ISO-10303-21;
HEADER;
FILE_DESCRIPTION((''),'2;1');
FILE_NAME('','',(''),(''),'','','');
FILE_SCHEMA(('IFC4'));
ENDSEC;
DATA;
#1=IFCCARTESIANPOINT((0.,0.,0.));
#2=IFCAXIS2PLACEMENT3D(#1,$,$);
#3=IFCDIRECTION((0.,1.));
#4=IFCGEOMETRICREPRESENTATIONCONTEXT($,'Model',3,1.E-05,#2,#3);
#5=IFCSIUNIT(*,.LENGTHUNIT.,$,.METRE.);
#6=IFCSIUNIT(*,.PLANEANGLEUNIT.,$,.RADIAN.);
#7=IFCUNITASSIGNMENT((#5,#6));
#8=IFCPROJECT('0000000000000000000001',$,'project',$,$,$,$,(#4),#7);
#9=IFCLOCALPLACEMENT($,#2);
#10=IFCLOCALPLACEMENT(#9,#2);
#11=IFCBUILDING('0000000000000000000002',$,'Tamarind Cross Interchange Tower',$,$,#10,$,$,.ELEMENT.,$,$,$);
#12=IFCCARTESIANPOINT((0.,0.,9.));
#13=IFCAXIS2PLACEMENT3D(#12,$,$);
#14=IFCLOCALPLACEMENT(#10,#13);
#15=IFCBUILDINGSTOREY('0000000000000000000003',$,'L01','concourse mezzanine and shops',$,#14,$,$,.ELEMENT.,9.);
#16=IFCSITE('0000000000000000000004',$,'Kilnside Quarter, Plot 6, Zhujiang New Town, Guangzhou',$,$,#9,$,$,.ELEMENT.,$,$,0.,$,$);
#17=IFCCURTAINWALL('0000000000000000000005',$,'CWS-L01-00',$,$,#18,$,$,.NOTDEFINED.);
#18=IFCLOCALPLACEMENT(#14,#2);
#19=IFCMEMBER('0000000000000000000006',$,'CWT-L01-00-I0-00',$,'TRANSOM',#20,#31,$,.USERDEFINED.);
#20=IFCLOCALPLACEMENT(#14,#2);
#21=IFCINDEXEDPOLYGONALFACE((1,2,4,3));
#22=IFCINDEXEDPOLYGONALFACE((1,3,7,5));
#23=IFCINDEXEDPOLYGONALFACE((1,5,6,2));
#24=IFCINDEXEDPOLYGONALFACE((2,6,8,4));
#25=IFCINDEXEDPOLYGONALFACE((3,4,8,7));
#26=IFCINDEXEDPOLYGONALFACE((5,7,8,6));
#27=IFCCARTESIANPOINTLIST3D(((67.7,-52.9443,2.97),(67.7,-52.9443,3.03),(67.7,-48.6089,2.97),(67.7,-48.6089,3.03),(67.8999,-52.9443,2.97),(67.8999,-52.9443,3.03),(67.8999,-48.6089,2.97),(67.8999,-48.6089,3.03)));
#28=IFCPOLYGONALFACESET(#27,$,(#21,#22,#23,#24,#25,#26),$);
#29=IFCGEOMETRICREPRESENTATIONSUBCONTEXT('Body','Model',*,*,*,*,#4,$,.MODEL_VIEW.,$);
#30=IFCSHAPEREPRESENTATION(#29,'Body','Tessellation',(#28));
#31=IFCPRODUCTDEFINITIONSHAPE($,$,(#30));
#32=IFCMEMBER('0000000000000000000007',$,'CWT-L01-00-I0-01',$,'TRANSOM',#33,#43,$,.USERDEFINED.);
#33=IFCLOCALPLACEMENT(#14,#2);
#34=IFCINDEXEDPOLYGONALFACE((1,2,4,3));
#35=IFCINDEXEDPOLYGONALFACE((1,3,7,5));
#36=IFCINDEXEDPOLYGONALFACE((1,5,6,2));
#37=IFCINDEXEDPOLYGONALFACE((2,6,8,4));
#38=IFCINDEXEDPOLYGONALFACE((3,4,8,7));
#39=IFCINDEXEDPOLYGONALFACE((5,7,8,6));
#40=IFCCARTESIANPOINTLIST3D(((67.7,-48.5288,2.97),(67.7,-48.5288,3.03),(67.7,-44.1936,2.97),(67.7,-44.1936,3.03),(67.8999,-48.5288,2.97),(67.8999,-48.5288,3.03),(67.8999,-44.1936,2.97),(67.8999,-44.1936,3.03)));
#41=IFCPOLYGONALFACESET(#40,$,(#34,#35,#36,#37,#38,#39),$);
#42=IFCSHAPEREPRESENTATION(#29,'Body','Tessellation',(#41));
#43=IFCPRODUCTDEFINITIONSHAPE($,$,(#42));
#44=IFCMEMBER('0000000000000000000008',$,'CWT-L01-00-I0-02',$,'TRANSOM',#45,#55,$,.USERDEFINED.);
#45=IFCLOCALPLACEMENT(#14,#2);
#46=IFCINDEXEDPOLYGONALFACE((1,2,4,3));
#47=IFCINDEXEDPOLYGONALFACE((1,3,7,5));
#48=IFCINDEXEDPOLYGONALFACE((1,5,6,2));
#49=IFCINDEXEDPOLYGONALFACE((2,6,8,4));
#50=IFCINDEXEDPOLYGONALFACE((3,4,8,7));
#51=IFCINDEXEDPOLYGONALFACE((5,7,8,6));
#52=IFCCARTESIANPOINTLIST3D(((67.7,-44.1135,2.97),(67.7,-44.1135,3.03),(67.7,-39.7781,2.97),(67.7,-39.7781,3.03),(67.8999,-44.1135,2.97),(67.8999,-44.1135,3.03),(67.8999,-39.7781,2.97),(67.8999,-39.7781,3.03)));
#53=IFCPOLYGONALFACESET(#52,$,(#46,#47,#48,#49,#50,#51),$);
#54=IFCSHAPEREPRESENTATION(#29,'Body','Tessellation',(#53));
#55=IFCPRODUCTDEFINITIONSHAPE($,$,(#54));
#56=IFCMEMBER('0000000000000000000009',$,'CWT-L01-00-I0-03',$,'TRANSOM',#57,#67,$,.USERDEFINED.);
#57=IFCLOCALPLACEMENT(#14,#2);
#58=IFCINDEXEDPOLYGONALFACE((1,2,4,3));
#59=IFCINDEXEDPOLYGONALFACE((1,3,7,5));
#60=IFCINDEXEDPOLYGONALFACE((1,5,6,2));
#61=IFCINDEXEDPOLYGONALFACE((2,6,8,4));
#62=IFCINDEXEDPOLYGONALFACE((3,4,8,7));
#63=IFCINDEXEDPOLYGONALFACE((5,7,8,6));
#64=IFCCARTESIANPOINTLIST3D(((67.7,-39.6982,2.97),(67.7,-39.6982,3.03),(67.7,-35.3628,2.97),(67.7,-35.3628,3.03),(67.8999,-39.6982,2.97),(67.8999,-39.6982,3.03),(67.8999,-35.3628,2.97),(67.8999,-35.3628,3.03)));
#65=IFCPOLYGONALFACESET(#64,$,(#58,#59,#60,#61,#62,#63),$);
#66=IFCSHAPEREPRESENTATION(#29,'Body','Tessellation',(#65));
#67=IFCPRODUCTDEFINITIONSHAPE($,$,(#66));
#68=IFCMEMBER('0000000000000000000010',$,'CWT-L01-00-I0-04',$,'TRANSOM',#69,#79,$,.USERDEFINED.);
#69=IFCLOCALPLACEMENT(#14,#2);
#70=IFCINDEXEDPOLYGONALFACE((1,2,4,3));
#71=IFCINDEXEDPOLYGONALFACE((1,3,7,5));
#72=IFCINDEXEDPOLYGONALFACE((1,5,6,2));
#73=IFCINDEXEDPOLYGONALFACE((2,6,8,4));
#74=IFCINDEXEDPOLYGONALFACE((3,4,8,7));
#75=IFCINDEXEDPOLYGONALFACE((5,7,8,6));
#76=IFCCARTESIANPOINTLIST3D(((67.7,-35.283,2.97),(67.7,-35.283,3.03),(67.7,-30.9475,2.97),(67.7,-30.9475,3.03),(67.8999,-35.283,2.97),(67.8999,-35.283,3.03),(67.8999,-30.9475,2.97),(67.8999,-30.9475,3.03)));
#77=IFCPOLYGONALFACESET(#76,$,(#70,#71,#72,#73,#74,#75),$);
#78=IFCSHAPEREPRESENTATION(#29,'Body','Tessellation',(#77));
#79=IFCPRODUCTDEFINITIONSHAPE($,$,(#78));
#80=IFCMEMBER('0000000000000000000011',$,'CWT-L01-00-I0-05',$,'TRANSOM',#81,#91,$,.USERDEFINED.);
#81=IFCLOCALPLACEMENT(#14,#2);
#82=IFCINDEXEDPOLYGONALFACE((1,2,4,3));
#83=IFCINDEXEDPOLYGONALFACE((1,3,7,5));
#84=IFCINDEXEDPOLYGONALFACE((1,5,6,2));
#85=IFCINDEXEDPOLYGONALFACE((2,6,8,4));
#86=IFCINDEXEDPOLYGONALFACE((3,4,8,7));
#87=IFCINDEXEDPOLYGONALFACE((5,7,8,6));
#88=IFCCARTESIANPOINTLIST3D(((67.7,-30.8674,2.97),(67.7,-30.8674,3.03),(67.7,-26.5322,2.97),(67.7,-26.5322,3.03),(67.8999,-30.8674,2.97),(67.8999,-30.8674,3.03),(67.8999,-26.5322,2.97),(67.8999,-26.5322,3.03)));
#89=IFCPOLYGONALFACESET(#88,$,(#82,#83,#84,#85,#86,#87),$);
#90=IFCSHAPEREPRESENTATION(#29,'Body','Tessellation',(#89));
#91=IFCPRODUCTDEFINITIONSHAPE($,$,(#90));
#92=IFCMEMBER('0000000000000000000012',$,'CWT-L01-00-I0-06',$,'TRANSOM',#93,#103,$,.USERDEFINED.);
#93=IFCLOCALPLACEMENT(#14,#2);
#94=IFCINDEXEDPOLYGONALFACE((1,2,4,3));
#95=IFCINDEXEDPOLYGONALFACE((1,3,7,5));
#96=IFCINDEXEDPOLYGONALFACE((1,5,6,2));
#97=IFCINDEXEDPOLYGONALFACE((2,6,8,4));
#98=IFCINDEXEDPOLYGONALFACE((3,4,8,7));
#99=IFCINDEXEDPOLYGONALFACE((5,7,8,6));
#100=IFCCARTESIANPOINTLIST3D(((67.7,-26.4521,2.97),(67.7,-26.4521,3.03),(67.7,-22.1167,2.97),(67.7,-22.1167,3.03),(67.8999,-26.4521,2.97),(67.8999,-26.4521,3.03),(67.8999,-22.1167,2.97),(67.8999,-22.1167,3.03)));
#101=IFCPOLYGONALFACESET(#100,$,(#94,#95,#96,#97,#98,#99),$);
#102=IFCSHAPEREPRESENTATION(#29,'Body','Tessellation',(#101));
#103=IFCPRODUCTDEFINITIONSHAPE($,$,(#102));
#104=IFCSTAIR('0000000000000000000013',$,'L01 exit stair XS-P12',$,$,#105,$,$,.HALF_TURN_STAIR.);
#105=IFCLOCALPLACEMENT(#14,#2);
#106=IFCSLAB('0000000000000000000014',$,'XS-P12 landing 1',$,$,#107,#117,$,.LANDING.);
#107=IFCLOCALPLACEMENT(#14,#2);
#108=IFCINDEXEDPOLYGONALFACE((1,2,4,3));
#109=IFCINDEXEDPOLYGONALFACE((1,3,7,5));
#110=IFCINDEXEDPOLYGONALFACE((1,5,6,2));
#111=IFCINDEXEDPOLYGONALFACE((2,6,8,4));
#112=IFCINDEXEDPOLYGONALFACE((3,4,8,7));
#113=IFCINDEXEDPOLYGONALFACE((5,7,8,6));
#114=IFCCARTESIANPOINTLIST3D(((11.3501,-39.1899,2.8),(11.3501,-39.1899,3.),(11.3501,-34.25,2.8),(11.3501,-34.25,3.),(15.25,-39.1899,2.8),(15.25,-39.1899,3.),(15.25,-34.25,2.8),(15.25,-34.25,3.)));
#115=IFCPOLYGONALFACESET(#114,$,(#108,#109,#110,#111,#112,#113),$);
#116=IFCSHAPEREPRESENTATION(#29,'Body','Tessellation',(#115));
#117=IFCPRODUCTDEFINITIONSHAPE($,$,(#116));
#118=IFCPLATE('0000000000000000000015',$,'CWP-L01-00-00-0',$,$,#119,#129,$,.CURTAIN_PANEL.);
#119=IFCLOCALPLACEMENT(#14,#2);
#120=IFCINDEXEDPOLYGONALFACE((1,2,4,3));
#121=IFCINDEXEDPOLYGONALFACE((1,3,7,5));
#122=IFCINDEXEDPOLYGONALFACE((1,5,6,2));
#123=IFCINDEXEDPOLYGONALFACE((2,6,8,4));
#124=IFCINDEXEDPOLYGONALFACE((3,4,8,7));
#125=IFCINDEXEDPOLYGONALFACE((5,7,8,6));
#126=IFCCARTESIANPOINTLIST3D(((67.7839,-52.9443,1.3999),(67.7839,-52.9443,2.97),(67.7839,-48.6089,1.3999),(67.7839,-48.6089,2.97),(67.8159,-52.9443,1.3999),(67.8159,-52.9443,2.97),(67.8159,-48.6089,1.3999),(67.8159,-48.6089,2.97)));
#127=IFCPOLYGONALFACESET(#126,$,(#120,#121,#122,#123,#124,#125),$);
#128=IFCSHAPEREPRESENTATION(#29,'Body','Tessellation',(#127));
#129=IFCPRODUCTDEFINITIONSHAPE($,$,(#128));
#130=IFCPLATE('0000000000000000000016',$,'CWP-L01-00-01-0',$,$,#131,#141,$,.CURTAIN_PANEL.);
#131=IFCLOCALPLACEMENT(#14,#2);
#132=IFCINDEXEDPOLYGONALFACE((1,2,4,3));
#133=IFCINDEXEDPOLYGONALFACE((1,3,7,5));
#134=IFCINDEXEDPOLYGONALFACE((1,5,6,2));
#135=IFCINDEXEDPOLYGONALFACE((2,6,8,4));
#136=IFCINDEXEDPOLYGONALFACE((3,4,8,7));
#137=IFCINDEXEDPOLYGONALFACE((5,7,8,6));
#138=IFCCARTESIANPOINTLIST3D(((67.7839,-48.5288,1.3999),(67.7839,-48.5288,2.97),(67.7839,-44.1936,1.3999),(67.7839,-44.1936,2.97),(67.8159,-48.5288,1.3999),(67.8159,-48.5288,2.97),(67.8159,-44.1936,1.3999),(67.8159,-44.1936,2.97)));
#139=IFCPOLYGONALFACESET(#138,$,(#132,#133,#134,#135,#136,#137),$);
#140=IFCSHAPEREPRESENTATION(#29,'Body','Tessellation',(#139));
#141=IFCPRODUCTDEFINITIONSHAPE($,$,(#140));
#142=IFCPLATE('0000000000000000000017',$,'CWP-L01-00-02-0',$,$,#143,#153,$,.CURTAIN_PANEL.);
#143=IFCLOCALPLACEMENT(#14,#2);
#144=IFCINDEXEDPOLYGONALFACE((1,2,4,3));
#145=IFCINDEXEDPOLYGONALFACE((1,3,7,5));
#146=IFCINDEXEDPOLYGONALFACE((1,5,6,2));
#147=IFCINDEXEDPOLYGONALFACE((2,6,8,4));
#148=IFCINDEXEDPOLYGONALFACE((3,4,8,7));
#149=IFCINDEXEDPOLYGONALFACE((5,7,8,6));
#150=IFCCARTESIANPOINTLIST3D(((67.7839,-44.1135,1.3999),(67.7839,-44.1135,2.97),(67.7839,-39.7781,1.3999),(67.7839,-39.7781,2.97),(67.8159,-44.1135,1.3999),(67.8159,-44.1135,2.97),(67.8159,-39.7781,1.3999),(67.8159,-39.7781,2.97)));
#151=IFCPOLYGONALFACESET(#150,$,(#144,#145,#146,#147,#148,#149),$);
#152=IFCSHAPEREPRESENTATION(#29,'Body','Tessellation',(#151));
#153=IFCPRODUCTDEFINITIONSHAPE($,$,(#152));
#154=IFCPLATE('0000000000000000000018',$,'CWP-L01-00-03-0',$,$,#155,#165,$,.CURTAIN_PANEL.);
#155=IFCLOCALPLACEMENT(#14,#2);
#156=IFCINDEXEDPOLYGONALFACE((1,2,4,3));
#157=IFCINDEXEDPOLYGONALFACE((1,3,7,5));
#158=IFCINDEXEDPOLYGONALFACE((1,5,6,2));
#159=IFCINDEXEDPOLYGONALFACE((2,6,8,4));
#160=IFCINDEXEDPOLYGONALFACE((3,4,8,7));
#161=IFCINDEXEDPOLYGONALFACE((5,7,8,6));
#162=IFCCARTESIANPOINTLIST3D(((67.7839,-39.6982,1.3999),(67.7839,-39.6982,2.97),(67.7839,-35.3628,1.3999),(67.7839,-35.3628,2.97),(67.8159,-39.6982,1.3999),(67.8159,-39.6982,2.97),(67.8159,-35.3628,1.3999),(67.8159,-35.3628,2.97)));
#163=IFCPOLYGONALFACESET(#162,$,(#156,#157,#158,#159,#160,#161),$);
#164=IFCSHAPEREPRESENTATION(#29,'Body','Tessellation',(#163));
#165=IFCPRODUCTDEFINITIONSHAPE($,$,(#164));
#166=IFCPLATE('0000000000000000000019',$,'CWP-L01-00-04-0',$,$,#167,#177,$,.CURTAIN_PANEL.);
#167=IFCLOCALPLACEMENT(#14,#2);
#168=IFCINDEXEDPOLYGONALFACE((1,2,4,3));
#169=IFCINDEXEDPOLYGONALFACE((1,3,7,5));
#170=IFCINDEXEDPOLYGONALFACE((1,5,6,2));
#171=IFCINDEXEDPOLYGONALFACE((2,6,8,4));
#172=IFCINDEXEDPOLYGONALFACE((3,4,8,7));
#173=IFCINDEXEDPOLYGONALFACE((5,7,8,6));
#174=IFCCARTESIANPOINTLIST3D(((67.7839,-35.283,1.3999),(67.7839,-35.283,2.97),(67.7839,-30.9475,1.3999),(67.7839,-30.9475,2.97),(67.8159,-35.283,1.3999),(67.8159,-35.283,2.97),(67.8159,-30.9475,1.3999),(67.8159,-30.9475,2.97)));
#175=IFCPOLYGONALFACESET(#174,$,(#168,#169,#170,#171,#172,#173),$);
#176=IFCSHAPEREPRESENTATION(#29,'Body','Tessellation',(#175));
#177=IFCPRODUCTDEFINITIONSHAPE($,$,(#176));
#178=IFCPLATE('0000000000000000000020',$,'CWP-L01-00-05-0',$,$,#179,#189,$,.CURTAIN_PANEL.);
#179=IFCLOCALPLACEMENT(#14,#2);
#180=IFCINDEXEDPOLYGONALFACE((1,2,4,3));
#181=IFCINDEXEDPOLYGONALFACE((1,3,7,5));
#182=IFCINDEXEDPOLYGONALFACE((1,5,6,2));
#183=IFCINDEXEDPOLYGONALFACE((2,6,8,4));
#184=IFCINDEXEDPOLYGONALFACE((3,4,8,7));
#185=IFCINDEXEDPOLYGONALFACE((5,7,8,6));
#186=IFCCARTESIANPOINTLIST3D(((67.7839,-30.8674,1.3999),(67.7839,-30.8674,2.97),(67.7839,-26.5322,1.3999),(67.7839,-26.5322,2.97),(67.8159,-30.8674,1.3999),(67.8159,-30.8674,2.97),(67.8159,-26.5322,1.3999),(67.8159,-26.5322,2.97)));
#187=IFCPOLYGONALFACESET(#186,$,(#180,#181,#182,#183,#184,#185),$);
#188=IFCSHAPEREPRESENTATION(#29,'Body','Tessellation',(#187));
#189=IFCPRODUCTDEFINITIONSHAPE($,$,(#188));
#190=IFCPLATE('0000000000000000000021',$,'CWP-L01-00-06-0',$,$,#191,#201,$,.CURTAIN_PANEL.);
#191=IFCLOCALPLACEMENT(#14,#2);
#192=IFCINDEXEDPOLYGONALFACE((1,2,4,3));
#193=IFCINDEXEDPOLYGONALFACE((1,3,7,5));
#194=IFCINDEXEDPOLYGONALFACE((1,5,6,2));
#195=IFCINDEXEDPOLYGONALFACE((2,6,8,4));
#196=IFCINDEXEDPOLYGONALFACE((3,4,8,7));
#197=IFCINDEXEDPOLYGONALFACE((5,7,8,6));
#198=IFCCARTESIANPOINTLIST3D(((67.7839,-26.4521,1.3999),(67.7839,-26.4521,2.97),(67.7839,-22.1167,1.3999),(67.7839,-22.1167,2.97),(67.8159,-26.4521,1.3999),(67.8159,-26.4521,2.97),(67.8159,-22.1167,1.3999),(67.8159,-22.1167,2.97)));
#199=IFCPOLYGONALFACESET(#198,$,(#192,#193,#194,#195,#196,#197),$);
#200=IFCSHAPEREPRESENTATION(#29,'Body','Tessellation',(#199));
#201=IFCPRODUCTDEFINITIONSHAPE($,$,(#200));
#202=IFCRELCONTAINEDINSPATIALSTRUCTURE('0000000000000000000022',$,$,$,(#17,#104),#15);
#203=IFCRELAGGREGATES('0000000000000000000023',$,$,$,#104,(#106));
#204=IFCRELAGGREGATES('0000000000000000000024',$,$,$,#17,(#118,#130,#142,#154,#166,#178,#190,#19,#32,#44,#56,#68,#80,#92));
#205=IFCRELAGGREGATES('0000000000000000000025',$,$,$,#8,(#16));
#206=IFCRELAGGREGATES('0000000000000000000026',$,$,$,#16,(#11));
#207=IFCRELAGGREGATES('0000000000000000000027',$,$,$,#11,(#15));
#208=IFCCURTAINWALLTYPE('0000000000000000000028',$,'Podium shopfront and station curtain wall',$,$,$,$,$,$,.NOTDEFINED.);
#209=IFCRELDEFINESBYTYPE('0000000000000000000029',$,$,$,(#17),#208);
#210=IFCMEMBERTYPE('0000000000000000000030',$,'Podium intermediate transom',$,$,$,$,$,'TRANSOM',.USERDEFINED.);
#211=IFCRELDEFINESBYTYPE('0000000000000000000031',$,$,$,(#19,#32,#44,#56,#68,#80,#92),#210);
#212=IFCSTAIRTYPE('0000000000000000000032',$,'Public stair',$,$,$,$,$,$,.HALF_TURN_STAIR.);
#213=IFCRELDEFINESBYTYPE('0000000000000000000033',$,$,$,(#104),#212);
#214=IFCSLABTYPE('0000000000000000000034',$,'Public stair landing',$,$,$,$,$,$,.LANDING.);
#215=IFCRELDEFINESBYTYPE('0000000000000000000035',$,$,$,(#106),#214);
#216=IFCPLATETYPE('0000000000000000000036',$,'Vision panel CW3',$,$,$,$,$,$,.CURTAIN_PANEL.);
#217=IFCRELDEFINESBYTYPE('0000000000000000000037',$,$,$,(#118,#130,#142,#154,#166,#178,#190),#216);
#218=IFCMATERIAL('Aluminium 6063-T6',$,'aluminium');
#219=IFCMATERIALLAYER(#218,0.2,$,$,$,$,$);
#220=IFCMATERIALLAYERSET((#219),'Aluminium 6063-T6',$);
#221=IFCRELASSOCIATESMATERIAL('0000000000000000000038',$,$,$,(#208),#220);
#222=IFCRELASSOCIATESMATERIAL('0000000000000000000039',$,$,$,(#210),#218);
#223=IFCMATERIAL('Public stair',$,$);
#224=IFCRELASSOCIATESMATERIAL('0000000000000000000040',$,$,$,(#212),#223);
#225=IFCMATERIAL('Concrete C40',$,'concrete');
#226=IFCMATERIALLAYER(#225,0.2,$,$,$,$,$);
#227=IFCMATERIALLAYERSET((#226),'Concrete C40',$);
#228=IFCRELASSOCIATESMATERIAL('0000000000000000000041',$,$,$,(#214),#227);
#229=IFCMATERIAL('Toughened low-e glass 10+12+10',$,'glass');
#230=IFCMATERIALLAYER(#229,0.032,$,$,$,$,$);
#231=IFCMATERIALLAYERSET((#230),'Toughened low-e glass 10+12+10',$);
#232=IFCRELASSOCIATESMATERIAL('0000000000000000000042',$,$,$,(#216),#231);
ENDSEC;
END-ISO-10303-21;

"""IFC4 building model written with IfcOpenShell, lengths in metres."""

from ifc_helpers import new_model, si_unit, direction, frame, origin, place, context, subcontext, project, spatial, polyline, outline, extrude, material, layer, layer_set, type_object, element, aggregate, save


model = new_model("IFC4")

# Units and contexts
model_context = context("Model", 3, precision=1e-05, world=origin(), true_north=direction((0.0, 1.0)))
body_context = subcontext(model_context, "Body", "Model", "MODEL_VIEW")
ifc_project = project(units=[si_unit("LENGTHUNIT", "METRE"), si_unit("PLANEANGLEUNIT", "RADIAN")], contexts=[model_context])

# Site, building, storey
site_placement = place(None, origin())
site = spatial("IfcSite", under=ifc_project, at=site_placement, Name="Kilnside Quarter, Plot 6, Zhujiang New Town, Guangzhou", CompositionType="ELEMENT", RefElevation=0.0)
building_placement = place(site_placement, origin())
building = spatial("IfcBuilding", under=site, at=building_placement, Name="Tamarind Cross Interchange Tower", CompositionType="ELEMENT")
storey_placement = place(building_placement, frame((0.0, 0.0, 9.0)))
storey = spatial("IfcBuildingStorey", under=building, at=storey_placement, Name="L01", Description="concourse mezzanine and shops", CompositionType="ELEMENT", Elevation=9.0)

# Curtain wall, members
ifc_material_1 = material(Name="Aluminium 6063-T6", Category="aluminium")
ifc_layer_1 = layer(ifc_material_1, 0.2)
ifc_layer_set_1 = layer_set([ifc_layer_1], Name="Aluminium 6063-T6")
curtain_wall_type = type_object("IfcCurtainWallType", Name="Podium shopfront and station curtain wall", PredefinedType="NOTDEFINED", material=ifc_layer_set_1)
curtain_wall_placement = place(storey_placement, origin())
curtain_wall = element("IfcCurtainWall", 1, at=curtain_wall_placement, inside=storey, type_object=curtain_wall_type, Name="CWS-L01-00", PredefinedType="NOTDEFINED")
member_type = type_object("IfcMemberType", Name="Podium intermediate transom", ElementType="TRANSOM", PredefinedType="USERDEFINED", material=ifc_material_1)
member_1_placement = place(storey_placement, frame((0.0, 0.0, 2.97)))
member_1 = element("IfcMember", 2, at=member_1_placement, type_object=member_type, Name="CWT-L01-00-I0-00", ObjectType="TRANSOM", PredefinedType="USERDEFINED", context=body_context, shape_type="SweptSolid", body=[
    extrude(outline(polyline([(67.7, -52.9443), (67.7, -48.6089), (67.8999, -48.6089), (67.8999, -52.9443), (67.7, -52.9443)])), origin(), (0.0, 0.0, 1.0), 0.0601),
])
member_2_placement = place(storey_placement, frame((0.0, 0.0, 2.97)))
member_2 = element("IfcMember", 3, at=member_2_placement, type_object=member_type, Name="CWT-L01-00-I0-01", ObjectType="TRANSOM", PredefinedType="USERDEFINED", context=body_context, shape_type="SweptSolid", body=[
    extrude(outline(polyline([(67.7, -48.5288), (67.7, -44.1936), (67.8999, -44.1936), (67.8999, -48.5288), (67.7, -48.5288)])), origin(), (0.0, 0.0, 1.0), 0.0601),
])
member_3_placement = place(storey_placement, frame((0.0, 0.0, 2.97)))
member_3 = element("IfcMember", 4, at=member_3_placement, type_object=member_type, Name="CWT-L01-00-I0-02", ObjectType="TRANSOM", PredefinedType="USERDEFINED", context=body_context, shape_type="SweptSolid", body=[
    extrude(outline(polyline([(67.7, -44.1135), (67.7, -39.7781), (67.8999, -39.7781), (67.8999, -44.1135), (67.7, -44.1135)])), origin(), (0.0, 0.0, 1.0), 0.0601),
])
member_4_placement = place(storey_placement, frame((0.0, 0.0, 2.97)))
member_4 = element("IfcMember", 5, at=member_4_placement, type_object=member_type, Name="CWT-L01-00-I0-03", ObjectType="TRANSOM", PredefinedType="USERDEFINED", context=body_context, shape_type="SweptSolid", body=[
    extrude(outline(polyline([(67.7, -39.6982), (67.7, -35.3628), (67.8999, -35.3628), (67.8999, -39.6982), (67.7, -39.6982)])), origin(), (0.0, 0.0, 1.0), 0.0601),
])
member_5_placement = place(storey_placement, frame((0.0, 0.0, 2.97)))
member_5 = element("IfcMember", 6, at=member_5_placement, type_object=member_type, Name="CWT-L01-00-I0-04", ObjectType="TRANSOM", PredefinedType="USERDEFINED", context=body_context, shape_type="SweptSolid", body=[
    extrude(outline(polyline([(67.7, -35.283), (67.7, -30.9475), (67.8999, -30.9475), (67.8999, -35.283), (67.7, -35.283)])), origin(), (0.0, 0.0, 1.0), 0.0601),
])
member_6_placement = place(storey_placement, frame((0.0, 0.0, 2.97)))
member_6 = element("IfcMember", 7, at=member_6_placement, type_object=member_type, Name="CWT-L01-00-I0-05", ObjectType="TRANSOM", PredefinedType="USERDEFINED", context=body_context, shape_type="SweptSolid", body=[
    extrude(outline(polyline([(67.7, -30.8674), (67.7, -26.5322), (67.8999, -26.5322), (67.8999, -30.8674), (67.7, -30.8674)])), origin(), (0.0, 0.0, 1.0), 0.0601),
])
member_7_placement = place(storey_placement, frame((0.0, 0.0, 2.97)))
member_7 = element("IfcMember", 8, at=member_7_placement, type_object=member_type, Name="CWT-L01-00-I0-06", ObjectType="TRANSOM", PredefinedType="USERDEFINED", context=body_context, shape_type="SweptSolid", body=[
    extrude(outline(polyline([(67.7, -26.4521), (67.7, -22.1167), (67.8999, -22.1167), (67.8999, -26.4521), (67.7, -26.4521)])), origin(), (0.0, 0.0, 1.0), 0.0601),
])

# Stair, slab
ifc_material_2 = material(Name="Public stair")
stair_type = type_object("IfcStairType", Name="Public stair", PredefinedType="HALF_TURN_STAIR", material=ifc_material_2)
stair_placement = place(storey_placement, origin())
stair = element("IfcStair", 9, at=stair_placement, inside=storey, type_object=stair_type, Name="L01 exit stair XS-P12", PredefinedType="HALF_TURN_STAIR")
ifc_material_3 = material(Name="Concrete C40", Category="concrete")
ifc_layer_2 = layer(ifc_material_3, 0.2)
ifc_layer_set_2 = layer_set([ifc_layer_2], Name="Concrete C40")
slab_type = type_object("IfcSlabType", Name="Public stair landing", PredefinedType="LANDING", material=ifc_layer_set_2)
slab_placement = place(storey_placement, frame((0.0, 0.0, 2.8)))
slab = element("IfcSlab", 10, at=slab_placement, type_object=slab_type, Name="XS-P12 landing 1", PredefinedType="LANDING", context=body_context, shape_type="SweptSolid", body=[
    extrude(outline(polyline([(15.25, -39.1899), (15.25, -34.25), (11.3501, -34.25), (11.3501, -39.1899), (15.25, -39.1899)])), origin(), (0.0, 0.0, 1.0), 0.2),
])
aggregate(stair, [slab])

# Plates
ifc_material_4 = material(Name="Toughened low-e glass 10+12+10", Category="glass")
ifc_layer_3 = layer(ifc_material_4, 0.032)
ifc_layer_set_3 = layer_set([ifc_layer_3], Name="Toughened low-e glass 10+12+10")
plate_type = type_object("IfcPlateType", Name="Vision panel CW3", PredefinedType="CURTAIN_PANEL", material=ifc_layer_set_3)
plate_1_placement = place(storey_placement, frame((0.0, 0.0, 1.3999)))
plate_1 = element("IfcPlate", 11, at=plate_1_placement, type_object=plate_type, Name="CWP-L01-00-00-0", PredefinedType="CURTAIN_PANEL", context=body_context, shape_type="SweptSolid", body=[
    extrude(outline(polyline([(67.7839, -52.9443), (67.7839, -48.6089), (67.8159, -48.6089), (67.8159, -52.9443), (67.7839, -52.9443)])), origin(), (0.0, 0.0, 1.0), 1.5701),
])
plate_2_placement = place(storey_placement, frame((0.0, 0.0, 1.3999)))
plate_2 = element("IfcPlate", 12, at=plate_2_placement, type_object=plate_type, Name="CWP-L01-00-01-0", PredefinedType="CURTAIN_PANEL", context=body_context, shape_type="SweptSolid", body=[
    extrude(outline(polyline([(67.7839, -48.5288), (67.7839, -44.1936), (67.8159, -44.1936), (67.8159, -48.5288), (67.7839, -48.5288)])), origin(), (0.0, 0.0, 1.0), 1.5701),
])
plate_3_placement = place(storey_placement, frame((0.0, 0.0, 1.3999)))
plate_3 = element("IfcPlate", 13, at=plate_3_placement, type_object=plate_type, Name="CWP-L01-00-02-0", PredefinedType="CURTAIN_PANEL", context=body_context, shape_type="SweptSolid", body=[
    extrude(outline(polyline([(67.7839, -44.1135), (67.7839, -39.7781), (67.8159, -39.7781), (67.8159, -44.1135), (67.7839, -44.1135)])), origin(), (0.0, 0.0, 1.0), 1.5701),
])
plate_4_placement = place(storey_placement, frame((0.0, 0.0, 1.3999)))
plate_4 = element("IfcPlate", 14, at=plate_4_placement, type_object=plate_type, Name="CWP-L01-00-03-0", PredefinedType="CURTAIN_PANEL", context=body_context, shape_type="SweptSolid", body=[
    extrude(outline(polyline([(67.7839, -39.6982), (67.7839, -35.3628), (67.8159, -35.3628), (67.8159, -39.6982), (67.7839, -39.6982)])), origin(), (0.0, 0.0, 1.0), 1.5701),
])
plate_5_placement = place(storey_placement, frame((0.0, 0.0, 1.3999)))
plate_5 = element("IfcPlate", 15, at=plate_5_placement, type_object=plate_type, Name="CWP-L01-00-04-0", PredefinedType="CURTAIN_PANEL", context=body_context, shape_type="SweptSolid", body=[
    extrude(outline(polyline([(67.7839, -35.283), (67.7839, -30.9475), (67.8159, -30.9475), (67.8159, -35.283), (67.7839, -35.283)])), origin(), (0.0, 0.0, 1.0), 1.5701),
])
plate_6_placement = place(storey_placement, frame((0.0, 0.0, 1.3999)))
plate_6 = element("IfcPlate", 16, at=plate_6_placement, type_object=plate_type, Name="CWP-L01-00-05-0", PredefinedType="CURTAIN_PANEL", context=body_context, shape_type="SweptSolid", body=[
    extrude(outline(polyline([(67.7839, -30.8674), (67.7839, -26.5322), (67.8159, -26.5322), (67.8159, -30.8674), (67.7839, -30.8674)])), origin(), (0.0, 0.0, 1.0), 1.5701),
])
plate_7_placement = place(storey_placement, frame((0.0, 0.0, 1.3999)))
plate_7 = element("IfcPlate", 17, at=plate_7_placement, type_object=plate_type, Name="CWP-L01-00-06-0", PredefinedType="CURTAIN_PANEL", context=body_context, shape_type="SweptSolid", body=[
    extrude(outline(polyline([(67.7839, -26.4521), (67.7839, -22.1167), (67.8159, -22.1167), (67.8159, -26.4521), (67.7839, -26.4521)])), origin(), (0.0, 0.0, 1.0), 1.5701),
])
aggregate(curtain_wall, [plate_1, plate_2, plate_3, plate_4, plate_5, plate_6, plate_7, member_1, member_2, member_3, member_4, member_5, member_6, member_7])

save(model, "model.ifc")
